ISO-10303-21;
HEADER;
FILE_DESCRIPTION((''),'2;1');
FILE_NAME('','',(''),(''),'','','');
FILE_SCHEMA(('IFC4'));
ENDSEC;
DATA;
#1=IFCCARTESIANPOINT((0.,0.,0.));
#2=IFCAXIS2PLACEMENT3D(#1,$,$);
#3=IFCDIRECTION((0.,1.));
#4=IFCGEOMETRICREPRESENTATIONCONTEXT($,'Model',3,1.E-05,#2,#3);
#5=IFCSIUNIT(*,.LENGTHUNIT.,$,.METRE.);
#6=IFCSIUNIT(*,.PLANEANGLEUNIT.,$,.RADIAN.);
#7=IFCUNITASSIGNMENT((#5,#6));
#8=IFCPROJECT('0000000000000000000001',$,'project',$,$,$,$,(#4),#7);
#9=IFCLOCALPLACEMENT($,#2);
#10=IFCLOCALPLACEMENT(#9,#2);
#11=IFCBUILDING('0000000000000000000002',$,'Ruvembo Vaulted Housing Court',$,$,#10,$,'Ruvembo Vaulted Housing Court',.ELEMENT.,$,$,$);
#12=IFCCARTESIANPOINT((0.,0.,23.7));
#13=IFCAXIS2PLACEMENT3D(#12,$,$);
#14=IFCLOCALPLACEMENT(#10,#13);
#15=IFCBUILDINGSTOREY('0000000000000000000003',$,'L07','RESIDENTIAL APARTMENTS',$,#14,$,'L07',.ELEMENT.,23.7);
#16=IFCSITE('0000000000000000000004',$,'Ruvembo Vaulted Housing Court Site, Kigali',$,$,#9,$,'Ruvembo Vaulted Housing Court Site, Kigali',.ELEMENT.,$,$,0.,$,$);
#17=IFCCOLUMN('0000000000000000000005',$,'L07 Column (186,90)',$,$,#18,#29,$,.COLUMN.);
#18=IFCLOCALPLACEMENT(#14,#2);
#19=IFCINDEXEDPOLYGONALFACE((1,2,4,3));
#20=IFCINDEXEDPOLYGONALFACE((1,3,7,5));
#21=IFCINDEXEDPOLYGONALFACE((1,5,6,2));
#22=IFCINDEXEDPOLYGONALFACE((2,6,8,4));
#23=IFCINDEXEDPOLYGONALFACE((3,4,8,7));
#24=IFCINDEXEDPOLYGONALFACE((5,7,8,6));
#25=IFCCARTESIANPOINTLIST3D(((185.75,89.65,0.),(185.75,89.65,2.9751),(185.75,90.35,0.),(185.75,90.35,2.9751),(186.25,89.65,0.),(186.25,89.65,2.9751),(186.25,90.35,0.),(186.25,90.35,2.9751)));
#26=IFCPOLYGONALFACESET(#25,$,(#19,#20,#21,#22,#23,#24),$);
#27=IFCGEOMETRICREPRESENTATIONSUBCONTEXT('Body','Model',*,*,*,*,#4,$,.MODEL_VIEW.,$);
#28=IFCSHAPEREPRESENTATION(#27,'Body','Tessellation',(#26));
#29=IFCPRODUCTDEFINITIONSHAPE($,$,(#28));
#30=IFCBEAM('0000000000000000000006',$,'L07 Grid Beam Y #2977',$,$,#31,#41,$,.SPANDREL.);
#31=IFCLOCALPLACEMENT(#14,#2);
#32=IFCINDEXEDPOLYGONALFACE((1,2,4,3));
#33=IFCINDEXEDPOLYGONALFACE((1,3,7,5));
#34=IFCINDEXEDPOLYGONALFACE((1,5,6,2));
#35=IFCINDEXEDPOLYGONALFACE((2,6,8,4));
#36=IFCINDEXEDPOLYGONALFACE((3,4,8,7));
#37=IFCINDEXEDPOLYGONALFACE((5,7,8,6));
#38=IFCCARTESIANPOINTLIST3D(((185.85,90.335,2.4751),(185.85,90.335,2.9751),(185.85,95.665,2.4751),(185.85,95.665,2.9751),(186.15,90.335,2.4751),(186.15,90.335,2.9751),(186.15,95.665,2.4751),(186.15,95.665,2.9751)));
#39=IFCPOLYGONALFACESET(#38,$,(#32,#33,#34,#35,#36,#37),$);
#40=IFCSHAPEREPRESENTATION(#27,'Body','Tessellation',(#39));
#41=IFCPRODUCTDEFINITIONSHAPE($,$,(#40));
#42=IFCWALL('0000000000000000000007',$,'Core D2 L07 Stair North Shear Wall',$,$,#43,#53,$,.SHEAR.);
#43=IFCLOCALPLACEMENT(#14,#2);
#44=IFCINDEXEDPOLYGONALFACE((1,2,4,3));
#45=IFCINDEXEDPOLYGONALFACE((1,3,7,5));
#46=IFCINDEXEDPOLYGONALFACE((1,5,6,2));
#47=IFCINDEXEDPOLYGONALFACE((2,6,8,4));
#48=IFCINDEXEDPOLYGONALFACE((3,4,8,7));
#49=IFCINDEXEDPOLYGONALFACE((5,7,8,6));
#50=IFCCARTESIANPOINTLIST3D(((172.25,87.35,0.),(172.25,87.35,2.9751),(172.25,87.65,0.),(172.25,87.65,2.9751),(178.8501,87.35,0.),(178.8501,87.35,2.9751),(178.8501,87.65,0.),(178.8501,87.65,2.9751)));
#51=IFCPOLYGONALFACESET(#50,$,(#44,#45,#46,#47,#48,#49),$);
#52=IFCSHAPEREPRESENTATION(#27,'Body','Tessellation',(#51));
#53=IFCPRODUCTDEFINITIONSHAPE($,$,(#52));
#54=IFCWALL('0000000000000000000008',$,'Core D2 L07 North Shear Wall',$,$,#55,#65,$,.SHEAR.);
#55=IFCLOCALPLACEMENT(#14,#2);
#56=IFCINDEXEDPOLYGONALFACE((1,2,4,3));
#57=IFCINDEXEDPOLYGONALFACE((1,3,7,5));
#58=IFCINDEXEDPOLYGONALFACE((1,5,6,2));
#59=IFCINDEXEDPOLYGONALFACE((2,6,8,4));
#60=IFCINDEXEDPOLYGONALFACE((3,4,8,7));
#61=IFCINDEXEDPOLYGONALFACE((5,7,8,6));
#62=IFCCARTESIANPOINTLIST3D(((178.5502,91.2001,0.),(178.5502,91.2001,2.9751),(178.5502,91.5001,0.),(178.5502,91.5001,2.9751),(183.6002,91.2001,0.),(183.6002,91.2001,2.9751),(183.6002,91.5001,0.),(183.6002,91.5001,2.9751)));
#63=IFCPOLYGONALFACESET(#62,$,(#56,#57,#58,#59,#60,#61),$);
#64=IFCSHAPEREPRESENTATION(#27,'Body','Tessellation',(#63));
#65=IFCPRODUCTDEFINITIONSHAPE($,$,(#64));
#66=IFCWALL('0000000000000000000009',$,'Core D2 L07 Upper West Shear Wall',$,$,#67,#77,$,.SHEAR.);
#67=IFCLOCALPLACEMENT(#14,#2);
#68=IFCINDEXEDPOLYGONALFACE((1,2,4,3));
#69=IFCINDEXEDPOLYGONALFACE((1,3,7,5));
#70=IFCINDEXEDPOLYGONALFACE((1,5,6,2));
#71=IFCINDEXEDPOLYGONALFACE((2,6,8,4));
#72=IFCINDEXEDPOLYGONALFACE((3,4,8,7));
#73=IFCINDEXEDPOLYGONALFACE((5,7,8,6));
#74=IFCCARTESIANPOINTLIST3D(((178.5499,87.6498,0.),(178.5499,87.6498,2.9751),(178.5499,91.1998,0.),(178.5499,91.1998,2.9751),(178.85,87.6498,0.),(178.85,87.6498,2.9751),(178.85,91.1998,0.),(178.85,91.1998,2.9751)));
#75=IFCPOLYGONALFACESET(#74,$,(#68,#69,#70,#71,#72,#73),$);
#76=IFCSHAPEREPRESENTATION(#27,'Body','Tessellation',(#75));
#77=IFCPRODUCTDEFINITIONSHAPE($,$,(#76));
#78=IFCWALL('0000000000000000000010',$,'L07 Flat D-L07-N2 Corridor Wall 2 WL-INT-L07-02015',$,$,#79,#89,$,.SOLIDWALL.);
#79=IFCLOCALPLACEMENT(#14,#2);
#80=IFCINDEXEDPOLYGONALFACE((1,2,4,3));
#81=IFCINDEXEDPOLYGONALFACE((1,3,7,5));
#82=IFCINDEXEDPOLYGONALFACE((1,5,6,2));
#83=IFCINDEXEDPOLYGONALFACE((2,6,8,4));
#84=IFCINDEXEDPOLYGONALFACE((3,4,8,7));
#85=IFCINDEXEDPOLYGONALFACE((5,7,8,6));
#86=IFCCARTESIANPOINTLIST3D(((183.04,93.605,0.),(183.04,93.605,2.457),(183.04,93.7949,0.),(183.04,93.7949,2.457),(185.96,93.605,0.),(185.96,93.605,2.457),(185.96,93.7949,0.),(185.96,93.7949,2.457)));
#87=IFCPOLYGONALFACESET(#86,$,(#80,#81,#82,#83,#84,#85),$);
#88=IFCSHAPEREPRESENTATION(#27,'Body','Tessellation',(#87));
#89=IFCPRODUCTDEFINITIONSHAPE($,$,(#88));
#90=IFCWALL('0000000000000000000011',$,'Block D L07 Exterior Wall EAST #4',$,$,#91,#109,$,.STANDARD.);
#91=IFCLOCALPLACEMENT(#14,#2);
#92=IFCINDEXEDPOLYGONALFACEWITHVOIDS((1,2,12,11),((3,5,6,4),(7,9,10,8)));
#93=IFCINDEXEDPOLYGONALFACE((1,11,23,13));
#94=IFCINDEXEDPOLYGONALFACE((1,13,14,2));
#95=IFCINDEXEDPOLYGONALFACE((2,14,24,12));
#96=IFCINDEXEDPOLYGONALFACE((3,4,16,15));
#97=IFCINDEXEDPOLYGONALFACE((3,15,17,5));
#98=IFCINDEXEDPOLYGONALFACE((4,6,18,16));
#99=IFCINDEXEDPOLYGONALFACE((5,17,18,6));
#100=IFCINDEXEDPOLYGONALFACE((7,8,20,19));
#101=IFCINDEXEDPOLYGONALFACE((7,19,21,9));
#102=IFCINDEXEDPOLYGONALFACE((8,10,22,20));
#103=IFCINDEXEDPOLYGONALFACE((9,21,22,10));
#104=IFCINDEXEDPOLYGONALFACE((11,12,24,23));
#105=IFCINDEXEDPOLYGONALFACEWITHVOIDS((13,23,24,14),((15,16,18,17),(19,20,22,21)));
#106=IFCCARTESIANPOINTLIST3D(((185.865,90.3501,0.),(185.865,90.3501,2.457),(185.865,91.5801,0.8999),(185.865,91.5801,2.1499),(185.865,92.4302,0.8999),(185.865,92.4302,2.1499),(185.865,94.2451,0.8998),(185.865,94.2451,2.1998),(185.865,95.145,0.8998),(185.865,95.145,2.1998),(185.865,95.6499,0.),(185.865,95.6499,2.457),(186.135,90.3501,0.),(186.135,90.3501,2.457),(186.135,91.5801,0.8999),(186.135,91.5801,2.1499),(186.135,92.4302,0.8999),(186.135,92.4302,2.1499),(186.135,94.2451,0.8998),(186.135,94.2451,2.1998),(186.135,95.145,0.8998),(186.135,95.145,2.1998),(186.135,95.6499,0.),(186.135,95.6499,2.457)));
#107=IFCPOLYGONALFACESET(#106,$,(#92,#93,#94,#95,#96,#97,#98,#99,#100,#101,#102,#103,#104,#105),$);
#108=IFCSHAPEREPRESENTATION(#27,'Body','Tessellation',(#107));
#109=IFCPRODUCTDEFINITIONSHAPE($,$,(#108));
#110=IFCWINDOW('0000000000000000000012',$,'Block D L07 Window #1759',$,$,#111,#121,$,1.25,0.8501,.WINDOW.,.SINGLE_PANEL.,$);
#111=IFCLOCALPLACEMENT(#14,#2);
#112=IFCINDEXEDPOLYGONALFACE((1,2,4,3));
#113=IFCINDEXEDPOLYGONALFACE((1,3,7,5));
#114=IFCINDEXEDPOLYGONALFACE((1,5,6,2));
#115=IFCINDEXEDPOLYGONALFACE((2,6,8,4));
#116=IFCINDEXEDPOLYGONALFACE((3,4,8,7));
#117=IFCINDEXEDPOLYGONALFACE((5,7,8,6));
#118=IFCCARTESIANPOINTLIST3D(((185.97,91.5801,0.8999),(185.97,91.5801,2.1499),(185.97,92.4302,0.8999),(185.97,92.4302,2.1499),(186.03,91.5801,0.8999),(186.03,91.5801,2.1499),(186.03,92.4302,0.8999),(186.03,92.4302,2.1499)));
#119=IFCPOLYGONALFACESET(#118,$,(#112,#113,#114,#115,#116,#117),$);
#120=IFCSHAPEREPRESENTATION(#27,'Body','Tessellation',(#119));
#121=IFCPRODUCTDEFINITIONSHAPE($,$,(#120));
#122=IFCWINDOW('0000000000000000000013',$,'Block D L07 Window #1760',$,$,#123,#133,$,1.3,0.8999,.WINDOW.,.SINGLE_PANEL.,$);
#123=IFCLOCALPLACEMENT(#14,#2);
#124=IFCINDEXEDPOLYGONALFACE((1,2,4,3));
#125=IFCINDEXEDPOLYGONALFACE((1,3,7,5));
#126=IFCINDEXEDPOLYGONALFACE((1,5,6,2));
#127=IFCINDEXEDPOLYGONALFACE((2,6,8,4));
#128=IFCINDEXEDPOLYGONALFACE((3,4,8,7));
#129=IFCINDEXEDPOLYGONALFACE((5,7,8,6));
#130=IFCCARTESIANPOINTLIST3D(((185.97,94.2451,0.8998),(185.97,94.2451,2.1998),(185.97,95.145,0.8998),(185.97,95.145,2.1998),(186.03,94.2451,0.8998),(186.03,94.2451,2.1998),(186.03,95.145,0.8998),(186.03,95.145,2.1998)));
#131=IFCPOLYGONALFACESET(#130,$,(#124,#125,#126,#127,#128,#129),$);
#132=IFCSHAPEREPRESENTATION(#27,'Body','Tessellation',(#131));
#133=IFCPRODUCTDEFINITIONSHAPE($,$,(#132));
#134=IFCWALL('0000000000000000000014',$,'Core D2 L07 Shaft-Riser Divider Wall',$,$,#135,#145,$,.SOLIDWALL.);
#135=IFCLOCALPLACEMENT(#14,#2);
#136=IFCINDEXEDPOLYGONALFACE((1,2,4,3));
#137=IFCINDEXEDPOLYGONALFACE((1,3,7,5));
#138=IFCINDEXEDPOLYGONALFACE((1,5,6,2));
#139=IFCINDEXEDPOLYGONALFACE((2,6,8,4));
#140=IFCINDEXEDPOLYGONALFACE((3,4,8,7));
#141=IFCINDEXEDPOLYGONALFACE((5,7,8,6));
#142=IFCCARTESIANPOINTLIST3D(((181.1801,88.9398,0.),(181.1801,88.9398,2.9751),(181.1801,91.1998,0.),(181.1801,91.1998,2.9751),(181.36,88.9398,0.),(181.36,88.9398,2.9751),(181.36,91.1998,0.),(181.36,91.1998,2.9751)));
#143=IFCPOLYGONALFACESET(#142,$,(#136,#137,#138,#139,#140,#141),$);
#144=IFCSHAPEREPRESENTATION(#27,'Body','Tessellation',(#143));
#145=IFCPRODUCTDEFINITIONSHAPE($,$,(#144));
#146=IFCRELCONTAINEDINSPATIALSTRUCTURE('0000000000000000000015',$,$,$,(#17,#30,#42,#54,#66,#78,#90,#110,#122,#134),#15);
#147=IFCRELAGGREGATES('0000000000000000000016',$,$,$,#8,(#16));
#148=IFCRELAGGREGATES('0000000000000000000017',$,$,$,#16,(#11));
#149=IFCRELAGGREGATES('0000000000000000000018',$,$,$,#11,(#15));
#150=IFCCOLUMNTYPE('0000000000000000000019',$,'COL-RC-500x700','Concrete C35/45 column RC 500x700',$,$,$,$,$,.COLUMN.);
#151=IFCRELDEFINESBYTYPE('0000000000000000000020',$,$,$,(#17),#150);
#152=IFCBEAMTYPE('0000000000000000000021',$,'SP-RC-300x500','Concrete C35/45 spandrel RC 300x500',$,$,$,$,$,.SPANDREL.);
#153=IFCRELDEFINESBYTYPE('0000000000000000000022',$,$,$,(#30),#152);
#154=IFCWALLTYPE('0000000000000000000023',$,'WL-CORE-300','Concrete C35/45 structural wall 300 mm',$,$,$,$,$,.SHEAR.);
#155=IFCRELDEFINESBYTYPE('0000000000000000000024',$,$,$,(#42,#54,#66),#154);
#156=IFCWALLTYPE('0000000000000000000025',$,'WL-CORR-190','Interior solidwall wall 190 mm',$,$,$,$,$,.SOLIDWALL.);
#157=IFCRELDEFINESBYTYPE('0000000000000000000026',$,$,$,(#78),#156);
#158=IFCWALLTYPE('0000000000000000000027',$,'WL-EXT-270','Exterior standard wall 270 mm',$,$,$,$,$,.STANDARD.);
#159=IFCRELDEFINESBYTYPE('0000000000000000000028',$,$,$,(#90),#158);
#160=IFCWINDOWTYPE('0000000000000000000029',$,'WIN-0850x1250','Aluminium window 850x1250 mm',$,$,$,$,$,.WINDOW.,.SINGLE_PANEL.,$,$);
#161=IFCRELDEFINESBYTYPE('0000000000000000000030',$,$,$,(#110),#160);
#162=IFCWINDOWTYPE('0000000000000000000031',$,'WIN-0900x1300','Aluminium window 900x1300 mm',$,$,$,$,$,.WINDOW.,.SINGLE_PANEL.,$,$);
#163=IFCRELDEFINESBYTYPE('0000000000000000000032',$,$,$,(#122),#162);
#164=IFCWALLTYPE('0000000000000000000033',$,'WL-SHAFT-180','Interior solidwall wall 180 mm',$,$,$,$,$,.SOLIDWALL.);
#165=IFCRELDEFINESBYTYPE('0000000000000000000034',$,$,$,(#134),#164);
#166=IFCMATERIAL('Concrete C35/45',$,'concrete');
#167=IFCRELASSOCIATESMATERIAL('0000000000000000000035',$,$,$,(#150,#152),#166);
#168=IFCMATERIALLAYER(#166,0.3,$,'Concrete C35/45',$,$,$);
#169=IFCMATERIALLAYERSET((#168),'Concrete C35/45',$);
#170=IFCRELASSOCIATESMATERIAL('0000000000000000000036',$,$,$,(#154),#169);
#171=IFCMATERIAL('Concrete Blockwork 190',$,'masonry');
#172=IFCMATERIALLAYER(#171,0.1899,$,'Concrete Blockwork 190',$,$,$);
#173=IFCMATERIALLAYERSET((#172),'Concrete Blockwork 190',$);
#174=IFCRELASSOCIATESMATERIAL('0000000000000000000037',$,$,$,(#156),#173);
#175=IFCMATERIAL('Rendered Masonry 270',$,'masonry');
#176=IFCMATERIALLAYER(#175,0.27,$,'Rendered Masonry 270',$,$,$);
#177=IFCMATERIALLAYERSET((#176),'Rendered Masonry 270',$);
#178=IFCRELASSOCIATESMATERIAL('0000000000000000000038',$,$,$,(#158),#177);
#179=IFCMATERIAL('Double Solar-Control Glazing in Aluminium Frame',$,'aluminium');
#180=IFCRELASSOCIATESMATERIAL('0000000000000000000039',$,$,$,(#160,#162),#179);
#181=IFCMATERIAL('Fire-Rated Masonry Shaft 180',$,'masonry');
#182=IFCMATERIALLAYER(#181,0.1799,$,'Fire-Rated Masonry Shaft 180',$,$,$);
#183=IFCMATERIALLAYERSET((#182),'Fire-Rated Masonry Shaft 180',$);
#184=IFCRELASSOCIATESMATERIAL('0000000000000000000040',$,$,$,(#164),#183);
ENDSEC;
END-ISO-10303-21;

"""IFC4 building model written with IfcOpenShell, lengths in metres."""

from ifc_helpers import new_model, si_unit, direction, frame, frame_2d, origin, origin_2d, place, context, subcontext, project, spatial, rectangle, extrude, material, layer, layer_set, material_profile, profile_set, type_object, element, fill, save


model = new_model("IFC4")

# Units and contexts
model_context = context("Model", 3, precision=1e-05, world=origin(), true_north=direction((0.0, 1.0)))
body_context = subcontext(model_context, "Body", "Model", "MODEL_VIEW")
ifc_project = project(units=[si_unit("LENGTHUNIT", "METRE"), si_unit("PLANEANGLEUNIT", "RADIAN")], contexts=[model_context])

# Site, building, storey
site_placement = place(None, origin())
site = spatial("IfcSite", under=ifc_project, at=site_placement, Name="Ruvembo Vaulted Housing Court Site, Kigali", LongName="Ruvembo Vaulted Housing Court Site, Kigali", CompositionType="ELEMENT", RefElevation=0.0)
building_placement = place(site_placement, origin())
building = spatial("IfcBuilding", under=site, at=building_placement, Name="Ruvembo Vaulted Housing Court", LongName="Ruvembo Vaulted Housing Court", CompositionType="ELEMENT")
storey_placement = place(building_placement, frame((0.0, 0.0, 23.7)))
storey = spatial("IfcBuildingStorey", under=building, at=storey_placement, Name="L07", Description="RESIDENTIAL APARTMENTS", LongName="L07", CompositionType="ELEMENT", Elevation=23.7)

# Column
ifc_material_1 = material(Name="Concrete C35/45", Category="concrete")
ifc_material_profile_1 = material_profile(ifc_material_1, rectangle(XDim=0.5, YDim=0.7, at=origin_2d()), Name="RC 500x700")
ifc_profile_set_1 = profile_set([ifc_material_profile_1], Name="Concrete C35/45")
column_type = type_object("IfcColumnType", Name="COL-RC-500x700", Description="Concrete C35/45 column RC 500x700", PredefinedType="COLUMN", material=ifc_profile_set_1)
column_placement = place(storey_placement, frame((186.0, 90.0, 0.0), z_axis=(0.0, 0.0, 1.0), x_axis=(1.0, 0.0, 0.0)))
element("IfcColumn", 1, at=column_placement, inside=storey, type_object=column_type, Name="L07 Column (186,90)", PredefinedType="COLUMN", context=body_context, shape_type="SweptSolid", body=[
    extrude(rectangle(XDim=0.5, YDim=0.7, at=origin_2d()), origin(), (0.0, 0.0, 1.0), 2.9751),
])

# Beam
ifc_material_profile_2 = material_profile(ifc_material_1, rectangle(XDim=0.3, YDim=0.5, at=origin_2d()), Name="RC 300x500")
ifc_profile_set_2 = profile_set([ifc_material_profile_2], Name="Concrete C35/45")
beam_type = type_object("IfcBeamType", Name="SP-RC-300x500", Description="Concrete C35/45 spandrel RC 300x500", PredefinedType="SPANDREL", material=ifc_profile_set_2)
beam_placement = place(storey_placement, frame((186.0, 90.335, 2.7251), z_axis=(0.0, 1.0, 0.0), x_axis=(-1.0, 0.0, 0.0)))
element("IfcBeam", 2, at=beam_placement, inside=storey, type_object=beam_type, Name="L07 Grid Beam Y #2977", PredefinedType="SPANDREL", context=body_context, shape_type="SweptSolid", body=[
    extrude(rectangle(XDim=0.3, YDim=0.5, at=origin_2d()), origin(), (0.0, 0.0, 1.0), 5.3301),
])

# Walls
ifc_layer_1 = layer(ifc_material_1, 0.3, Name="Concrete C35/45")
ifc_layer_set_1 = layer_set([ifc_layer_1], Name="Concrete C35/45")
wall_type_1 = type_object("IfcWallType", Name="WL-CORE-300", Description="Concrete C35/45 structural wall 300 mm", PredefinedType="SHEAR", material=ifc_layer_set_1)
wall_1_placement = place(storey_placement, frame((178.8501, 87.5, 0.0), z_axis=(0.0, 0.0, 1.0), x_axis=(-1.0, 0.0, 0.0)))
element("IfcWall", 3, at=wall_1_placement, inside=storey, type_object=wall_type_1, Name="Core D2 L07 Stair North Shear Wall", PredefinedType="SHEAR", context=body_context, shape_type="SweptSolid", body=[
    extrude(rectangle(XDim=6.6001, YDim=0.3, at=frame_2d((3.3, 0.0))), origin(), (0.0, 0.0, 1.0), 2.9751),
])
wall_2_placement = place(storey_placement, frame((183.6001, 91.3501, 0.0), z_axis=(0.0, 0.0, 1.0), x_axis=(-1.0, 0.0, 0.0)))
element("IfcWall", 4, at=wall_2_placement, inside=storey, type_object=wall_type_1, Name="Core D2 L07 North Shear Wall", PredefinedType="SHEAR", context=body_context, shape_type="SweptSolid", body=[
    extrude(rectangle(XDim=5.05, YDim=0.3, at=frame_2d((2.5249, 0.0))), origin(), (0.0, 0.0, 1.0), 2.9751),
])
wall_3_placement = place(storey_placement, frame((178.7, 87.6499, 0.0), z_axis=(0.0, 0.0, 1.0), x_axis=(0.0, 1.0, 0.0)))
element("IfcWall", 5, at=wall_3_placement, inside=storey, type_object=wall_type_1, Name="Core D2 L07 Upper West Shear Wall", PredefinedType="SHEAR", context=body_context, shape_type="SweptSolid", body=[
    extrude(rectangle(XDim=3.55, YDim=0.3, at=frame_2d((1.7749, 0.0))), origin(), (0.0, 0.0, 1.0), 2.9751),
])
ifc_material_2 = material(Name="Concrete Blockwork 190", Category="masonry")
ifc_layer_2 = layer(ifc_material_2, 0.1899, Name="Concrete Blockwork 190")
ifc_layer_set_2 = layer_set([ifc_layer_2], Name="Concrete Blockwork 190")
wall_type_2 = type_object("IfcWallType", Name="WL-CORR-190", Description="Interior solidwall wall 190 mm", PredefinedType="SOLIDWALL", material=ifc_layer_set_2)
wall_4_placement = place(storey_placement, frame((183.04, 93.7, 0.0), z_axis=(0.0, 0.0, 1.0), x_axis=(1.0, 0.0, 0.0)))
element("IfcWall", 6, at=wall_4_placement, inside=storey, type_object=wall_type_2, Name="L07 Flat D-L07-N2 Corridor Wall 2 WL-INT-L07-02015", PredefinedType="SOLIDWALL", context=body_context, shape_type="SweptSolid", body=[
    extrude(rectangle(XDim=2.9199, YDim=0.1899, at=frame_2d((1.46, 0.0))), origin(), (0.0, 0.0, 1.0), 2.457),
])

# Wall, openings, windows
ifc_material_3 = material(Name="Rendered Masonry 270", Category="masonry")
ifc_layer_3 = layer(ifc_material_3, 0.27, Name="Rendered Masonry 270")
ifc_layer_set_3 = layer_set([ifc_layer_3], Name="Rendered Masonry 270")
wall_type_3 = type_object("IfcWallType", Name="WL-EXT-270", Description="Exterior standard wall 270 mm", PredefinedType="STANDARD", material=ifc_layer_set_3)
wall_5_placement = place(storey_placement, frame((186.0, 90.3501, 0.0), z_axis=(0.0, 0.0, 1.0), x_axis=(0.0, 1.0, 0.0)))
wall_5 = element("IfcWall", 7, at=wall_5_placement, inside=storey, type_object=wall_type_3, Name="Block D L07 Exterior Wall EAST #4", PredefinedType="STANDARD", context=body_context, shape_type="SweptSolid", body=[
    extrude(rectangle(XDim=5.2998, YDim=0.27, at=frame_2d((2.6499, 0.0))), origin(), (0.0, 0.0, 1.0), 2.457),
])
opening_1_placement = place(wall_5_placement, frame((1.23, 0.0, 0.8999)))
opening_1 = element("IfcOpeningElement", 8, at=opening_1_placement, cuts=wall_5, PredefinedType="OPENING", context=body_context, shape_type="SweptSolid", body=[
    extrude(rectangle(XDim=0.8501, YDim=1.25, at=frame_2d((0.425, 0.625))), frame((0.0, 0.145, 0.0), z_axis=(0.0, -1.0, 0.0), x_axis=(1.0, 0.0, 0.0)), (0.0, 0.0, 1.0), 0.29),
])
opening_2_placement = place(wall_5_placement, frame((3.895, 0.0, 0.8999)))
opening_2 = element("IfcOpeningElement", 9, at=opening_2_placement, cuts=wall_5, PredefinedType="OPENING", context=body_context, shape_type="SweptSolid", body=[
    extrude(rectangle(XDim=0.8999, YDim=1.3, at=frame_2d((0.45, 0.6499))), frame((0.0, 0.145, 0.0), z_axis=(0.0, -1.0, 0.0), x_axis=(1.0, 0.0, 0.0)), (0.0, 0.0, 1.0), 0.29),
])
ifc_material_4 = material(Name="Double Solar-Control Glazing in Aluminium Frame", Category="aluminium")
window_type_1 = type_object("IfcWindowType", Name="WIN-0850x1250", Description="Aluminium window 850x1250 mm", PartitioningType="SINGLE_PANEL", PredefinedType="WINDOW", material=ifc_material_4)
window_1_placement = place(opening_1_placement, origin())
window_1 = element("IfcWindow", 10, at=window_1_placement, inside=storey, type_object=window_type_1, Name="Block D L07 Window #1759", OverallHeight=1.25, OverallWidth=0.8501, PartitioningType="SINGLE_PANEL", PredefinedType="WINDOW", context=body_context, shape_type="SweptSolid", body=[
    extrude(rectangle(XDim=0.8501, YDim=1.25, at=frame_2d((0.425, 0.625))), frame((0.0, 0.03, 0.0), z_axis=(0.0, -1.0, 0.0), x_axis=(1.0, 0.0, 0.0)), (0.0, 0.0, 1.0), 0.0601),
])
fill(opening_1, window_1)
window_type_2 = type_object("IfcWindowType", Name="WIN-0900x1300", Description="Aluminium window 900x1300 mm", PartitioningType="SINGLE_PANEL", PredefinedType="WINDOW", material=ifc_material_4)
window_2_placement = place(opening_2_placement, origin())
window_2 = element("IfcWindow", 11, at=window_2_placement, inside=storey, type_object=window_type_2, Name="Block D L07 Window #1760", OverallHeight=1.3, OverallWidth=0.8999, PartitioningType="SINGLE_PANEL", PredefinedType="WINDOW", context=body_context, shape_type="SweptSolid", body=[
    extrude(rectangle(XDim=0.8999, YDim=1.3, at=frame_2d((0.45, 0.6499))), frame((0.0, 0.03, 0.0), z_axis=(0.0, -1.0, 0.0), x_axis=(1.0, 0.0, 0.0)), (0.0, 0.0, 1.0), 0.0601),
])
fill(opening_2, window_2)

# Shared definitions
ifc_material_5 = material(Name="Fire-Rated Masonry Shaft 180", Category="masonry")
ifc_layer_4 = layer(ifc_material_5, 0.1799, Name="Fire-Rated Masonry Shaft 180")
ifc_layer_set_4 = layer_set([ifc_layer_4], Name="Fire-Rated Masonry Shaft 180")
wall_type_4 = type_object("IfcWallType", Name="WL-SHAFT-180", Description="Interior solidwall wall 180 mm", PredefinedType="SOLIDWALL", material=ifc_layer_set_4)

# Wall
wall_6_placement = place(storey_placement, frame((181.27, 88.9399, 0.0), z_axis=(0.0, 0.0, 1.0), x_axis=(0.0, 1.0, 0.0)))
element("IfcWall", 12, at=wall_6_placement, inside=storey, type_object=wall_type_4, Name="Core D2 L07 Shaft-Riser Divider Wall", PredefinedType="SOLIDWALL", context=body_context, shape_type="SweptSolid", body=[
    extrude(rectangle(XDim=2.26, YDim=0.1799, at=frame_2d((1.1299, 0.0))), origin(), (0.0, 0.0, 1.0), 2.9751),
])

save(model, "model.ifc")
